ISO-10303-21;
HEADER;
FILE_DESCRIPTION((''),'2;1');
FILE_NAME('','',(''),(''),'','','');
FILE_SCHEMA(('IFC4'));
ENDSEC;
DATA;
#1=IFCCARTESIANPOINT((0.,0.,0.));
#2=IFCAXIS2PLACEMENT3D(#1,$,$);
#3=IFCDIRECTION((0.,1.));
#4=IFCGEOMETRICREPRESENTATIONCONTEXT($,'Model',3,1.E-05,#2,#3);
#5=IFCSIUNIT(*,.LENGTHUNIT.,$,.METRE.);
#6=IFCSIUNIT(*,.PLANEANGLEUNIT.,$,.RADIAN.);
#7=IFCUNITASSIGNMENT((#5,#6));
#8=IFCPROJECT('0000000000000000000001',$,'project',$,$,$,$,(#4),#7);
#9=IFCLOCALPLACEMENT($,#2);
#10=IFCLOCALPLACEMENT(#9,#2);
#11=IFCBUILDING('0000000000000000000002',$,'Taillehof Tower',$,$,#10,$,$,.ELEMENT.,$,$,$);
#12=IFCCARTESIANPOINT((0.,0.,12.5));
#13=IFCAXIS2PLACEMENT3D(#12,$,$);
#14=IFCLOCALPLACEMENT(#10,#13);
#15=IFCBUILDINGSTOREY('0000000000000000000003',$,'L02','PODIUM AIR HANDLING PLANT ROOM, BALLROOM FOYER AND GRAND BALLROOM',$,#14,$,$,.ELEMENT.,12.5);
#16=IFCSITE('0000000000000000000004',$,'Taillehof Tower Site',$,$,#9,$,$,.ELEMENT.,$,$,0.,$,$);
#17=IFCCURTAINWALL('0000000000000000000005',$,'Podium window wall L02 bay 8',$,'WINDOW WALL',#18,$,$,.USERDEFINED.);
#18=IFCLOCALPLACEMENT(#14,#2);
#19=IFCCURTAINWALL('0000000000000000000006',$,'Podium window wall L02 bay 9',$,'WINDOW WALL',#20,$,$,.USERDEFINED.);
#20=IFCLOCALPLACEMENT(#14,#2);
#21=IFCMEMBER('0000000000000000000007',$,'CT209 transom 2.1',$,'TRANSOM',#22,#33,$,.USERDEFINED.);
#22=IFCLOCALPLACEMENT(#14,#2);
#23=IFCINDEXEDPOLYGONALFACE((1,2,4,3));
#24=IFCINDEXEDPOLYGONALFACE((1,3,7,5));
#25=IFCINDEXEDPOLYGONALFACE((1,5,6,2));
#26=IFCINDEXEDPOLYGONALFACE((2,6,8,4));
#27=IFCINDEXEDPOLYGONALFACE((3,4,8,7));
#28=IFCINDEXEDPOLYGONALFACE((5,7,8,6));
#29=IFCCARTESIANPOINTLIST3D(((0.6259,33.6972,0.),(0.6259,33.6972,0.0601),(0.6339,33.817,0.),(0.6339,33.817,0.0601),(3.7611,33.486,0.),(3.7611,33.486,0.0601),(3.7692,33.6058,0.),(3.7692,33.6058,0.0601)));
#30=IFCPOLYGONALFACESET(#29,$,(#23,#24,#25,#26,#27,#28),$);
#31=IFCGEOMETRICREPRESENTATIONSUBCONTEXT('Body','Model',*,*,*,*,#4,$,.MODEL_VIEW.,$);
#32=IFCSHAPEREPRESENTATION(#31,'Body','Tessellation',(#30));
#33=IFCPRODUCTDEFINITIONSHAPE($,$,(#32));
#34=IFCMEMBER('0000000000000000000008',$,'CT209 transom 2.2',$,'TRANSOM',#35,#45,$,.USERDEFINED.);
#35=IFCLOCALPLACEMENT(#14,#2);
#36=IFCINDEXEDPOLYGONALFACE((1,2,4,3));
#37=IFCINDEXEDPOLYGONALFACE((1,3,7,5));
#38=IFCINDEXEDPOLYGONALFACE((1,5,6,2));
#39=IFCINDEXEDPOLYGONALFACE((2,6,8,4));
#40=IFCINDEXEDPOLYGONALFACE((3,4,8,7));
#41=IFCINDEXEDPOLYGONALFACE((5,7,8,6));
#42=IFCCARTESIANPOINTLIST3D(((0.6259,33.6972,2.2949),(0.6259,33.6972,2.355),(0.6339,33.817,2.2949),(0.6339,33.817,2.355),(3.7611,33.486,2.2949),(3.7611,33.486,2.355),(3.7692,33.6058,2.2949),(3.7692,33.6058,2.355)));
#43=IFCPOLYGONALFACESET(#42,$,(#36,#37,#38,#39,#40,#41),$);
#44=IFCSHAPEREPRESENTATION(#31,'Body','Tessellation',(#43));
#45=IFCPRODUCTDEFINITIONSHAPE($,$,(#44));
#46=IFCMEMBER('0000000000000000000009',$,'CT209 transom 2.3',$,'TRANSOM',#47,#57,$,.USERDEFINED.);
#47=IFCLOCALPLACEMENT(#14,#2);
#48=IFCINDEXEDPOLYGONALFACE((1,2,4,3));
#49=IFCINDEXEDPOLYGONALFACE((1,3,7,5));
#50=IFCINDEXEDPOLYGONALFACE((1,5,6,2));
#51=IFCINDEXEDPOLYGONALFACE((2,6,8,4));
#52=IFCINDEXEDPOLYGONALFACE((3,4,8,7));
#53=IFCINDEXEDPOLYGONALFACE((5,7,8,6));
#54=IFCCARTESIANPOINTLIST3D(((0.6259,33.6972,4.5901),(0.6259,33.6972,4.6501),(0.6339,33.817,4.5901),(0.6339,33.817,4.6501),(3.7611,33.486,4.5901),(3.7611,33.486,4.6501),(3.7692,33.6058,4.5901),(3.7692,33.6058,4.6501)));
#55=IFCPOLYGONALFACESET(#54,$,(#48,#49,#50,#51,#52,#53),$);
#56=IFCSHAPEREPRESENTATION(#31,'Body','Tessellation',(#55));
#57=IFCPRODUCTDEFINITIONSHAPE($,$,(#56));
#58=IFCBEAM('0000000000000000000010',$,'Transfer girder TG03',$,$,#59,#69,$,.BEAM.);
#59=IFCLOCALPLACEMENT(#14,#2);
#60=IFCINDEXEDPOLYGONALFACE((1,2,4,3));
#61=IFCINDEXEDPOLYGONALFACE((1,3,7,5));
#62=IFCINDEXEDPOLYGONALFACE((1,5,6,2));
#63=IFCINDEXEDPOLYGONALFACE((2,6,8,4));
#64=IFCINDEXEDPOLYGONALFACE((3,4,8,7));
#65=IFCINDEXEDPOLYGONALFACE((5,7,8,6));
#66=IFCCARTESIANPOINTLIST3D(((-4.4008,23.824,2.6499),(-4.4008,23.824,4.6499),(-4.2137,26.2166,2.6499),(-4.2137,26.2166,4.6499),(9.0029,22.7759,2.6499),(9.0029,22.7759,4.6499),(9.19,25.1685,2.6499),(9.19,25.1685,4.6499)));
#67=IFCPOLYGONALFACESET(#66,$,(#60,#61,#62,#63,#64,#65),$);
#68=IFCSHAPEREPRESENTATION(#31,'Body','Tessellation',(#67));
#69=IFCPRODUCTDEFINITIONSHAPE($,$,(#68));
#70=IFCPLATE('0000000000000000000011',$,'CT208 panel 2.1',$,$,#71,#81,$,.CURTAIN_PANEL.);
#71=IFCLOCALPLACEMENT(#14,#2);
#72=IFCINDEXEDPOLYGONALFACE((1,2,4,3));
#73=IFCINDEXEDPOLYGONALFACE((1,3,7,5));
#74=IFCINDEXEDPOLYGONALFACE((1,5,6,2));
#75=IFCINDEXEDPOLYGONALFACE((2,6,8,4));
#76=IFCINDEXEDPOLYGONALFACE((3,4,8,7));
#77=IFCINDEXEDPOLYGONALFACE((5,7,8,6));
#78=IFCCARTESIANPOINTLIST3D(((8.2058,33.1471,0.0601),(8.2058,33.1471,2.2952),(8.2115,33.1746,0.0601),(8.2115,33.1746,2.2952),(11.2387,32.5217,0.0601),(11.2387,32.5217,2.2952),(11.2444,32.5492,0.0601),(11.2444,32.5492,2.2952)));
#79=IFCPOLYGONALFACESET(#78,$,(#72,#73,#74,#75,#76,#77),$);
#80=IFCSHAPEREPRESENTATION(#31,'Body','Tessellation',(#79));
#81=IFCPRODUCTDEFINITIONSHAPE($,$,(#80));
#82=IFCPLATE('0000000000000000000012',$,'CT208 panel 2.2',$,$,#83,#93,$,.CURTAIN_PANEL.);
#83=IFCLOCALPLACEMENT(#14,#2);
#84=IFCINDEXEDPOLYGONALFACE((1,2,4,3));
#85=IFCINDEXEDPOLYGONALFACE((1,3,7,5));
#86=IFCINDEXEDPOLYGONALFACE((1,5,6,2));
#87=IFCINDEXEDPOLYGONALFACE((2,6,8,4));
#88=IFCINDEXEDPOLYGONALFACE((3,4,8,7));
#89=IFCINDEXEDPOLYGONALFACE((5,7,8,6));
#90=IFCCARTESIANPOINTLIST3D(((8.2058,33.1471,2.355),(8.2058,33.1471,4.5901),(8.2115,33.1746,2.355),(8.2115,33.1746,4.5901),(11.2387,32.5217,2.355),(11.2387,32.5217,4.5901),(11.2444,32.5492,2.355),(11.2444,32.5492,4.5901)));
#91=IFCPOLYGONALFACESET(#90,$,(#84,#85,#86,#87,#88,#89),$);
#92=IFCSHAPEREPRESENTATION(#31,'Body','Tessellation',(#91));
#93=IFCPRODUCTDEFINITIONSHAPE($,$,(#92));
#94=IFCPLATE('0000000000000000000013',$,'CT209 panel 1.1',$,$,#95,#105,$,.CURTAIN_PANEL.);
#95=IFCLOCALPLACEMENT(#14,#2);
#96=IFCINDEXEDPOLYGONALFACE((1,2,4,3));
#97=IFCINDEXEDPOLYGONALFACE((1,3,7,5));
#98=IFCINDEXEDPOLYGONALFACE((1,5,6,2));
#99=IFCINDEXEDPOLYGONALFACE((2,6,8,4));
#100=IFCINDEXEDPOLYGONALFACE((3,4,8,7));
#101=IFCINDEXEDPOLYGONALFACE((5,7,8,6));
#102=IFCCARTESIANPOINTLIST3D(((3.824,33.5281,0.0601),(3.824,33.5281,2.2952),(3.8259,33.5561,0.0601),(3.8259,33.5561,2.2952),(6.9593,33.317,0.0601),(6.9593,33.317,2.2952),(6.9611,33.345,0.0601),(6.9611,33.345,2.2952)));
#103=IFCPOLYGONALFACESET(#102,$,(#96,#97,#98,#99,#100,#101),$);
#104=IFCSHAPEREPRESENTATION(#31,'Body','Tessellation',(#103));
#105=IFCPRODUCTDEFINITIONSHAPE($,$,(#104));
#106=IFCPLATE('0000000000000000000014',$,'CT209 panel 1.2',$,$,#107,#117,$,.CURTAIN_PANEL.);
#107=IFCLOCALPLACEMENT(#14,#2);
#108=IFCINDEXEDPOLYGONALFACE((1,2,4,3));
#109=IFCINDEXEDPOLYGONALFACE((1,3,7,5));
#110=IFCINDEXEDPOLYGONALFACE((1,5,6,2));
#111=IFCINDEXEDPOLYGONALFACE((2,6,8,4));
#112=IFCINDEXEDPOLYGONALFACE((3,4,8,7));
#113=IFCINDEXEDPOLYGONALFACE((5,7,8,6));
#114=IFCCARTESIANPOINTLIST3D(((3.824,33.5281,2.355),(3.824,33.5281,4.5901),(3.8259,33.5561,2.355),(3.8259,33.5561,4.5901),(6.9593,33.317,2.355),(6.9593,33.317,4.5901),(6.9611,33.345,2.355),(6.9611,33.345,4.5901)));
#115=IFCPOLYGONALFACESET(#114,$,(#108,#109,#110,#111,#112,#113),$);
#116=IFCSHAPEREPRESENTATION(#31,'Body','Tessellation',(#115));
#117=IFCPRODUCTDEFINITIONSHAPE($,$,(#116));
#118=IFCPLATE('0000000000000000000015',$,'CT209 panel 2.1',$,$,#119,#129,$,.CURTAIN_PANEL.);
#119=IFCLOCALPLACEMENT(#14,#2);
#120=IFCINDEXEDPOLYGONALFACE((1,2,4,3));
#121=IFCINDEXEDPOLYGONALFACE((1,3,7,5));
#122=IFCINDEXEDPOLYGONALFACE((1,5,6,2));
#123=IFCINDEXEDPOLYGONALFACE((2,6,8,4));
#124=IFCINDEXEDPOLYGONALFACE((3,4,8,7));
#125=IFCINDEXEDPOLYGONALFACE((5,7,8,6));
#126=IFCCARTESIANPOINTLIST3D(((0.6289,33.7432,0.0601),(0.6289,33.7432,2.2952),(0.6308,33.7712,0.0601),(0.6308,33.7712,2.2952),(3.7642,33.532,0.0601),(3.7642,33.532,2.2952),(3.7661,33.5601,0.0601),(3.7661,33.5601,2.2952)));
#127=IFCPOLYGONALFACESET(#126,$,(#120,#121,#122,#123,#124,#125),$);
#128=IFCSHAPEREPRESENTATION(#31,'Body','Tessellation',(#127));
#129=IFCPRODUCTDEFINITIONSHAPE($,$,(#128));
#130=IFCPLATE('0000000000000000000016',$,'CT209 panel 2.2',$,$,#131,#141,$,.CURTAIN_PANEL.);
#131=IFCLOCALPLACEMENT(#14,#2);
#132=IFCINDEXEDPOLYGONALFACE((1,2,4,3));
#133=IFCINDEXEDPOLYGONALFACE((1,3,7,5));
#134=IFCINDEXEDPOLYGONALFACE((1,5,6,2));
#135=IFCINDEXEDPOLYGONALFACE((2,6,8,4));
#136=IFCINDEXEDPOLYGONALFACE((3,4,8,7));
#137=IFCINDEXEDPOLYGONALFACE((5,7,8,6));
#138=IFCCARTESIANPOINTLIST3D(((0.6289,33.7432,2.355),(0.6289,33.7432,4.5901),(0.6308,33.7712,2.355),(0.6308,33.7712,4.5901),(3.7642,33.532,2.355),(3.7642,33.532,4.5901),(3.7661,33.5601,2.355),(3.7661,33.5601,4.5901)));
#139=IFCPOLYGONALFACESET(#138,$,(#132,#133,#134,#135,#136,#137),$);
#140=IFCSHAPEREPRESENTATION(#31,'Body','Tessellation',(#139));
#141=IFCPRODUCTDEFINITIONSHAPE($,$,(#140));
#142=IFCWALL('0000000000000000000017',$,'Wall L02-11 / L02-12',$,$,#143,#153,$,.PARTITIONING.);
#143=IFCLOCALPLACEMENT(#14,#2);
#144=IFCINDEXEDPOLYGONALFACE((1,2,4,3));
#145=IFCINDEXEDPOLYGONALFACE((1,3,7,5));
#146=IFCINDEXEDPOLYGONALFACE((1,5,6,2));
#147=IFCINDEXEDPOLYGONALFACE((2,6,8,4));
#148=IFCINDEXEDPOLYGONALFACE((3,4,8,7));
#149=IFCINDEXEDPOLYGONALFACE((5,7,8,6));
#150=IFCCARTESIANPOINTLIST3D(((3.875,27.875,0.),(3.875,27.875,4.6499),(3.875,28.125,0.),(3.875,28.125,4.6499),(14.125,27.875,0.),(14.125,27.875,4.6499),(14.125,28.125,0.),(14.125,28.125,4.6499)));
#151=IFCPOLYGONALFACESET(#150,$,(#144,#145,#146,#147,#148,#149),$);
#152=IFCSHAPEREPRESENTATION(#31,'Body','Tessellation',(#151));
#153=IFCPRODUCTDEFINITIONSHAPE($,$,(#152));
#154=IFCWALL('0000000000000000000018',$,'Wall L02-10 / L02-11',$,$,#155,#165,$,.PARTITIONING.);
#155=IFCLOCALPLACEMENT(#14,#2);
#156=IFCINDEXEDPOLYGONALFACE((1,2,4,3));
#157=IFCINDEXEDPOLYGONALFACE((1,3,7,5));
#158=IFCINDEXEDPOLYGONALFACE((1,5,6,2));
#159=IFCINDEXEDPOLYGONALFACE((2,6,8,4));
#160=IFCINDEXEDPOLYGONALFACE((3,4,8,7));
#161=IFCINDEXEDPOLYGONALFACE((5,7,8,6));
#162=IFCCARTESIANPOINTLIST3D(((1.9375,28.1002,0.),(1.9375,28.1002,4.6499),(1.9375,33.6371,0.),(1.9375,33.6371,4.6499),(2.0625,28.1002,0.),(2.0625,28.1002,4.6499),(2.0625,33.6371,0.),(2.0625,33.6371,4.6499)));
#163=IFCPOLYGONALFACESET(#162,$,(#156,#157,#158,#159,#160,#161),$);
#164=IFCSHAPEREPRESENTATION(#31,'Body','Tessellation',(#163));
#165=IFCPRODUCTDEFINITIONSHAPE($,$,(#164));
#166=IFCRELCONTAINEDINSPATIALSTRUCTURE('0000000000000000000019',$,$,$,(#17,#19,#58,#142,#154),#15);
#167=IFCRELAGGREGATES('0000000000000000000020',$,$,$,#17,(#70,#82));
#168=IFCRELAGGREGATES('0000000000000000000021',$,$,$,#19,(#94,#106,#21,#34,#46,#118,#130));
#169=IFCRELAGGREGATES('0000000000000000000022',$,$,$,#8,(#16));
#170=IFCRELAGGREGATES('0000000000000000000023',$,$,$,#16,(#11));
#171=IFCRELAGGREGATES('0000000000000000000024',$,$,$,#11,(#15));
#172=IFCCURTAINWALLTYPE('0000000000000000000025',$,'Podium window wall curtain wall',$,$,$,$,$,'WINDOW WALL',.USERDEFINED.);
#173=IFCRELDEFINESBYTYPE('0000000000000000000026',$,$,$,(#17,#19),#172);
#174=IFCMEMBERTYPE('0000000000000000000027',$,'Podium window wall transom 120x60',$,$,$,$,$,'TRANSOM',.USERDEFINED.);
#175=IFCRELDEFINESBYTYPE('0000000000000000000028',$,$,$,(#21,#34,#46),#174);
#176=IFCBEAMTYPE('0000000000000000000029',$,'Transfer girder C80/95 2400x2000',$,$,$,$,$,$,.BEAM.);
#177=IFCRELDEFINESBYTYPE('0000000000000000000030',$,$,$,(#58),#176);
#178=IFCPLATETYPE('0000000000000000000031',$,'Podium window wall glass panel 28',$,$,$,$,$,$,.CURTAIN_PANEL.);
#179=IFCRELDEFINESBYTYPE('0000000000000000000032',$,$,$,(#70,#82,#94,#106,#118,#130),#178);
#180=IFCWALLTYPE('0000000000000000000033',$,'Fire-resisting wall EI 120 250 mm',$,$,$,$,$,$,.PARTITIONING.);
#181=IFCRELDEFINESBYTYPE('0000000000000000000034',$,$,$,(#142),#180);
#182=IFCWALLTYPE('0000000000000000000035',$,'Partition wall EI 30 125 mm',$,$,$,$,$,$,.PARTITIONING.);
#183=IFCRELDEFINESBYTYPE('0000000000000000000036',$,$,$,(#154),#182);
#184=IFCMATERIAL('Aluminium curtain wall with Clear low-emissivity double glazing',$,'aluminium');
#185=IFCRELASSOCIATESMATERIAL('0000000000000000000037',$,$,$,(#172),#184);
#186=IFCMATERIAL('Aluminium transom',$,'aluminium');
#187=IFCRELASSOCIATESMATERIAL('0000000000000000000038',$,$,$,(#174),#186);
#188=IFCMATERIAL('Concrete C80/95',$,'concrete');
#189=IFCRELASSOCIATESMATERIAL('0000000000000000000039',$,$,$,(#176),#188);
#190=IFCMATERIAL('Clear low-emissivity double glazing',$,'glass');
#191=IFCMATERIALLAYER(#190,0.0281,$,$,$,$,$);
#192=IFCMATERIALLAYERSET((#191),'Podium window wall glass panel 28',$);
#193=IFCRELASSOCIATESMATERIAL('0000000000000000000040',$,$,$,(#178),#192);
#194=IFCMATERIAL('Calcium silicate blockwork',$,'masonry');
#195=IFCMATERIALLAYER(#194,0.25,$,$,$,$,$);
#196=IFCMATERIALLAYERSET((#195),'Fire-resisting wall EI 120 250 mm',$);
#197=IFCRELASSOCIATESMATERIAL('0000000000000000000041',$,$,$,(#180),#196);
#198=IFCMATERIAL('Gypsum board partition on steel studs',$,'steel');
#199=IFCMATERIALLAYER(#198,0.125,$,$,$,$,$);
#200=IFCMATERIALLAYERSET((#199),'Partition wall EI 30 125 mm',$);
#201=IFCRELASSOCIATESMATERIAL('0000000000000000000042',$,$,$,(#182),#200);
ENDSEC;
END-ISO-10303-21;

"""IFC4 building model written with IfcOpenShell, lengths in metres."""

from ifc_helpers import new_model, si_unit, direction, frame, frame_2d, origin, origin_2d, place, context, subcontext, project, spatial, rectangle, extrude, material, layer, layer_set, material_profile, profile_set, type_object, element, aggregate, save


model = new_model("IFC4")

# Units and contexts
model_context = context("Model", 3, precision=1e-05, world=origin(), true_north=direction((0.0, 1.0)))
body_context = subcontext(model_context, "Body", "Model", "MODEL_VIEW")
ifc_project = project(units=[si_unit("LENGTHUNIT", "METRE"), si_unit("PLANEANGLEUNIT", "RADIAN")], contexts=[model_context])

# Site, building, storey
site_placement = place(None, origin())
site = spatial("IfcSite", under=ifc_project, at=site_placement, Name="Taillehof Tower Site", CompositionType="ELEMENT", RefElevation=0.0)
building_placement = place(site_placement, origin())
building = spatial("IfcBuilding", under=site, at=building_placement, Name="Taillehof Tower", CompositionType="ELEMENT")
storey_placement = place(building_placement, frame((0.0, 0.0, 12.5)))
storey = spatial("IfcBuildingStorey", under=building, at=storey_placement, Name="L02", Description="PODIUM AIR HANDLING PLANT ROOM, BALLROOM FOYER AND GRAND BALLROOM", CompositionType="ELEMENT", Elevation=12.5)

# Curtain walls
ifc_material_1 = material(Name="Aluminium curtain wall with Clear low-emissivity double glazing", Category="aluminium")
curtain_wall_type = type_object("IfcCurtainWallType", Name="Podium window wall curtain wall", ElementType="WINDOW WALL", PredefinedType="USERDEFINED", material=ifc_material_1)
curtain_wall_1_placement = place(storey_placement, origin())
curtain_wall_1 = element("IfcCurtainWall", 1, at=curtain_wall_1_placement, inside=storey, type_object=curtain_wall_type, Name="Podium window wall L02 bay 8", ObjectType="WINDOW WALL", PredefinedType="USERDEFINED")
curtain_wall_2_placement = place(storey_placement, origin())
curtain_wall_2 = element("IfcCurtainWall", 2, at=curtain_wall_2_placement, inside=storey, type_object=curtain_wall_type, Name="Podium window wall L02 bay 9", ObjectType="WINDOW WALL", PredefinedType="USERDEFINED")

# Members
ifc_material_2 = material(Name="Aluminium transom", Category="aluminium")
ifc_material_profile_1 = material_profile(ifc_material_2, rectangle(XDim=0.1201, YDim=0.0601, at=origin_2d()), Name="AL 120x60")
ifc_profile_set_1 = profile_set([ifc_material_profile_1], Name="Aluminium transom")
member_type_1 = type_object("IfcMemberType", Name="Podium window wall transom 120x60", ElementType="TRANSOM", PredefinedType="USERDEFINED", material=ifc_profile_set_1)
member_1_placement = place(storey_placement, frame((3.7651, 33.5459, 0.03), z_axis=(-0.997739, 0.067205, 0.0), x_axis=(-0.067205, -0.997739, 0.0)))
member_1 = element("IfcMember", 3, at=member_1_placement, type_object=member_type_1, Name="CT209 transom 2.1", ObjectType="TRANSOM", PredefinedType="USERDEFINED", context=body_context, shape_type="SweptSolid", body=[
    extrude(rectangle(XDim=0.1201, YDim=0.0601, at=origin_2d()), origin(), (0.0, 0.0, 1.0), 3.1423),
])
member_2_placement = place(storey_placement, frame((3.7651, 33.5459, 2.325), z_axis=(-0.997739, 0.067205, 0.0), x_axis=(-0.067205, -0.997739, 0.0)))
member_2 = element("IfcMember", 4, at=member_2_placement, type_object=member_type_1, Name="CT209 transom 2.2", ObjectType="TRANSOM", PredefinedType="USERDEFINED", context=body_context, shape_type="SweptSolid", body=[
    extrude(rectangle(XDim=0.1201, YDim=0.0601, at=origin_2d()), origin(), (0.0, 0.0, 1.0), 3.1423),
])
member_3_placement = place(storey_placement, frame((3.7651, 33.5459, 4.6201), z_axis=(-0.997739, 0.067205, 0.0), x_axis=(-0.067205, -0.997739, 0.0)))
member_3 = element("IfcMember", 5, at=member_3_placement, type_object=member_type_1, Name="CT209 transom 2.3", ObjectType="TRANSOM", PredefinedType="USERDEFINED", context=body_context, shape_type="SweptSolid", body=[
    extrude(rectangle(XDim=0.1201, YDim=0.0601, at=origin_2d()), origin(), (0.0, 0.0, 1.0), 3.1423),
])

# Beam
ifc_material_3 = material(Name="Concrete C80/95", Category="concrete")
ifc_material_profile_2 = material_profile(ifc_material_3, rectangle(XDim=2.3999, YDim=2.0, at=origin_2d()), Name="RC 2400x2000")
ifc_profile_set_2 = profile_set([ifc_material_profile_2], Name="Concrete C80/95")
beam_type_1 = type_object("IfcBeamType", Name="Transfer girder C80/95 2400x2000", PredefinedType="BEAM", material=ifc_profile_set_2)
beam_1_placement = place(storey_placement, frame((9.0964, 23.9722, 3.6499), z_axis=(-0.996957, 0.077957, 0.0), x_axis=(-0.077957, -0.996957, 0.0)))
element("IfcBeam", 6, at=beam_1_placement, inside=storey, type_object=beam_type_1, Name="Transfer girder TG03", PredefinedType="BEAM", context=body_context, shape_type="SweptSolid", body=[
    extrude(rectangle(XDim=2.3999, YDim=2.0, at=origin_2d()), origin(), (0.0, 0.0, 1.0), 13.4446),
])

# Plates
ifc_material_4 = material(Name="Clear low-emissivity double glazing", Category="glass")
ifc_layer_1 = layer(ifc_material_4, 0.0281)
ifc_layer_set_1 = layer_set([ifc_layer_1], Name="Podium window wall glass panel 28")
plate_type = type_object("IfcPlateType", Name="Podium window wall glass panel 28", PredefinedType="CURTAIN_PANEL", material=ifc_layer_set_1)
plate_1_placement = place(storey_placement, frame((9.7251, 32.8481, 0.0601), z_axis=(0.0, 0.0, 1.0), x_axis=(-0.97939, 0.201976, 0.0)))
plate_1 = element("IfcPlate", 7, at=plate_1_placement, type_object=plate_type, Name="CT208 panel 2.1", PredefinedType="CURTAIN_PANEL", context=body_context, shape_type="SweptSolid", body=[
    extrude(rectangle(XDim=3.0967, YDim=0.0281, at=origin_2d()), origin(), (0.0, 0.0, 1.0), 2.2351),
])
plate_2_placement = place(storey_placement, frame((9.7251, 32.8481, 2.355), z_axis=(0.0, 0.0, 1.0), x_axis=(-0.97939, 0.201976, 0.0)))
plate_2 = element("IfcPlate", 8, at=plate_2_placement, type_object=plate_type, Name="CT208 panel 2.2", PredefinedType="CURTAIN_PANEL", context=body_context, shape_type="SweptSolid", body=[
    extrude(rectangle(XDim=3.0967, YDim=0.0281, at=origin_2d()), origin(), (0.0, 0.0, 1.0), 2.2351),
])
aggregate(curtain_wall_1, [plate_1, plate_2])
plate_3_placement = place(storey_placement, frame((5.3926, 33.4365, 0.0601), z_axis=(0.0, 0.0, 1.0), x_axis=(-0.997741, 0.067183, 0.0)))
plate_3 = element("IfcPlate", 9, at=plate_3_placement, type_object=plate_type, Name="CT209 panel 1.1", PredefinedType="CURTAIN_PANEL", context=body_context, shape_type="SweptSolid", body=[
    extrude(rectangle(XDim=3.1423, YDim=0.0281, at=origin_2d()), origin(), (0.0, 0.0, 1.0), 2.2351),
])
plate_4_placement = place(storey_placement, frame((5.3926, 33.4365, 2.355), z_axis=(0.0, 0.0, 1.0), x_axis=(-0.997741, 0.067183, 0.0)))
plate_4 = element("IfcPlate", 10, at=plate_4_placement, type_object=plate_type, Name="CT209 panel 1.2", PredefinedType="CURTAIN_PANEL", context=body_context, shape_type="SweptSolid", body=[
    extrude(rectangle(XDim=3.1423, YDim=0.0281, at=origin_2d()), origin(), (0.0, 0.0, 1.0), 2.2351),
])
plate_5_placement = place(storey_placement, frame((2.1975, 33.6516, 0.0601), z_axis=(0.0, 0.0, 1.0), x_axis=(-0.997741, 0.067183, 0.0)))
plate_5 = element("IfcPlate", 11, at=plate_5_placement, type_object=plate_type, Name="CT209 panel 2.1", PredefinedType="CURTAIN_PANEL", context=body_context, shape_type="SweptSolid", body=[
    extrude(rectangle(XDim=3.1423, YDim=0.0281, at=origin_2d()), origin(), (0.0, 0.0, 1.0), 2.2351),
])
plate_6_placement = place(storey_placement, frame((2.1975, 33.6516, 2.355), z_axis=(0.0, 0.0, 1.0), x_axis=(-0.997741, 0.067183, 0.0)))
plate_6 = element("IfcPlate", 12, at=plate_6_placement, type_object=plate_type, Name="CT209 panel 2.2", PredefinedType="CURTAIN_PANEL", context=body_context, shape_type="SweptSolid", body=[
    extrude(rectangle(XDim=3.1423, YDim=0.0281, at=origin_2d()), origin(), (0.0, 0.0, 1.0), 2.2351),
])
aggregate(curtain_wall_2, [plate_3, plate_4, member_1, member_2, member_3, plate_5, plate_6])

# Walls
ifc_material_5 = material(Name="Calcium silicate blockwork", Category="masonry")
ifc_layer_2 = layer(ifc_material_5, 0.25)
ifc_layer_set_2 = layer_set([ifc_layer_2], Name="Fire-resisting wall EI 120 250 mm")
wall_type_1 = type_object("IfcWallType", Name="Fire-resisting wall EI 120 250 mm", PredefinedType="PARTITIONING", material=ifc_layer_set_2)
wall_1_placement = place(storey_placement, frame((3.875, 28.0, 0.0), z_axis=(0.0, 0.0, 1.0), x_axis=(1.0, 0.0, 0.0)))
element("IfcWall", 13, at=wall_1_placement, inside=storey, type_object=wall_type_1, Name="Wall L02-11 / L02-12", PredefinedType="PARTITIONING", context=body_context, shape_type="SweptSolid", body=[
    extrude(rectangle(XDim=10.25, YDim=0.25, at=frame_2d((5.125, 0.0))), origin(), (0.0, 0.0, 1.0), 4.6499),
])
ifc_material_6 = material(Name="Gypsum board partition on steel studs", Category="steel")
ifc_layer_3 = layer(ifc_material_6, 0.125)
ifc_layer_set_3 = layer_set([ifc_layer_3], Name="Partition wall EI 30 125 mm")
wall_type_2 = type_object("IfcWallType", Name="Partition wall EI 30 125 mm", PredefinedType="PARTITIONING", material=ifc_layer_set_3)
wall_2_placement = place(storey_placement, frame((2.0, 28.1001, 0.0), z_axis=(0.0, 0.0, 1.0), x_axis=(0.0, 1.0, 0.0)))
element("IfcWall", 14, at=wall_2_placement, inside=storey, type_object=wall_type_2, Name="Wall L02-10 / L02-11", PredefinedType="PARTITIONING", context=body_context, shape_type="SweptSolid", body=[
    extrude(rectangle(XDim=5.5369, YDim=0.125, at=frame_2d((2.7686, 0.0))), origin(), (0.0, 0.0, 1.0), 4.6499),
])

save(model, "model.ifc")
